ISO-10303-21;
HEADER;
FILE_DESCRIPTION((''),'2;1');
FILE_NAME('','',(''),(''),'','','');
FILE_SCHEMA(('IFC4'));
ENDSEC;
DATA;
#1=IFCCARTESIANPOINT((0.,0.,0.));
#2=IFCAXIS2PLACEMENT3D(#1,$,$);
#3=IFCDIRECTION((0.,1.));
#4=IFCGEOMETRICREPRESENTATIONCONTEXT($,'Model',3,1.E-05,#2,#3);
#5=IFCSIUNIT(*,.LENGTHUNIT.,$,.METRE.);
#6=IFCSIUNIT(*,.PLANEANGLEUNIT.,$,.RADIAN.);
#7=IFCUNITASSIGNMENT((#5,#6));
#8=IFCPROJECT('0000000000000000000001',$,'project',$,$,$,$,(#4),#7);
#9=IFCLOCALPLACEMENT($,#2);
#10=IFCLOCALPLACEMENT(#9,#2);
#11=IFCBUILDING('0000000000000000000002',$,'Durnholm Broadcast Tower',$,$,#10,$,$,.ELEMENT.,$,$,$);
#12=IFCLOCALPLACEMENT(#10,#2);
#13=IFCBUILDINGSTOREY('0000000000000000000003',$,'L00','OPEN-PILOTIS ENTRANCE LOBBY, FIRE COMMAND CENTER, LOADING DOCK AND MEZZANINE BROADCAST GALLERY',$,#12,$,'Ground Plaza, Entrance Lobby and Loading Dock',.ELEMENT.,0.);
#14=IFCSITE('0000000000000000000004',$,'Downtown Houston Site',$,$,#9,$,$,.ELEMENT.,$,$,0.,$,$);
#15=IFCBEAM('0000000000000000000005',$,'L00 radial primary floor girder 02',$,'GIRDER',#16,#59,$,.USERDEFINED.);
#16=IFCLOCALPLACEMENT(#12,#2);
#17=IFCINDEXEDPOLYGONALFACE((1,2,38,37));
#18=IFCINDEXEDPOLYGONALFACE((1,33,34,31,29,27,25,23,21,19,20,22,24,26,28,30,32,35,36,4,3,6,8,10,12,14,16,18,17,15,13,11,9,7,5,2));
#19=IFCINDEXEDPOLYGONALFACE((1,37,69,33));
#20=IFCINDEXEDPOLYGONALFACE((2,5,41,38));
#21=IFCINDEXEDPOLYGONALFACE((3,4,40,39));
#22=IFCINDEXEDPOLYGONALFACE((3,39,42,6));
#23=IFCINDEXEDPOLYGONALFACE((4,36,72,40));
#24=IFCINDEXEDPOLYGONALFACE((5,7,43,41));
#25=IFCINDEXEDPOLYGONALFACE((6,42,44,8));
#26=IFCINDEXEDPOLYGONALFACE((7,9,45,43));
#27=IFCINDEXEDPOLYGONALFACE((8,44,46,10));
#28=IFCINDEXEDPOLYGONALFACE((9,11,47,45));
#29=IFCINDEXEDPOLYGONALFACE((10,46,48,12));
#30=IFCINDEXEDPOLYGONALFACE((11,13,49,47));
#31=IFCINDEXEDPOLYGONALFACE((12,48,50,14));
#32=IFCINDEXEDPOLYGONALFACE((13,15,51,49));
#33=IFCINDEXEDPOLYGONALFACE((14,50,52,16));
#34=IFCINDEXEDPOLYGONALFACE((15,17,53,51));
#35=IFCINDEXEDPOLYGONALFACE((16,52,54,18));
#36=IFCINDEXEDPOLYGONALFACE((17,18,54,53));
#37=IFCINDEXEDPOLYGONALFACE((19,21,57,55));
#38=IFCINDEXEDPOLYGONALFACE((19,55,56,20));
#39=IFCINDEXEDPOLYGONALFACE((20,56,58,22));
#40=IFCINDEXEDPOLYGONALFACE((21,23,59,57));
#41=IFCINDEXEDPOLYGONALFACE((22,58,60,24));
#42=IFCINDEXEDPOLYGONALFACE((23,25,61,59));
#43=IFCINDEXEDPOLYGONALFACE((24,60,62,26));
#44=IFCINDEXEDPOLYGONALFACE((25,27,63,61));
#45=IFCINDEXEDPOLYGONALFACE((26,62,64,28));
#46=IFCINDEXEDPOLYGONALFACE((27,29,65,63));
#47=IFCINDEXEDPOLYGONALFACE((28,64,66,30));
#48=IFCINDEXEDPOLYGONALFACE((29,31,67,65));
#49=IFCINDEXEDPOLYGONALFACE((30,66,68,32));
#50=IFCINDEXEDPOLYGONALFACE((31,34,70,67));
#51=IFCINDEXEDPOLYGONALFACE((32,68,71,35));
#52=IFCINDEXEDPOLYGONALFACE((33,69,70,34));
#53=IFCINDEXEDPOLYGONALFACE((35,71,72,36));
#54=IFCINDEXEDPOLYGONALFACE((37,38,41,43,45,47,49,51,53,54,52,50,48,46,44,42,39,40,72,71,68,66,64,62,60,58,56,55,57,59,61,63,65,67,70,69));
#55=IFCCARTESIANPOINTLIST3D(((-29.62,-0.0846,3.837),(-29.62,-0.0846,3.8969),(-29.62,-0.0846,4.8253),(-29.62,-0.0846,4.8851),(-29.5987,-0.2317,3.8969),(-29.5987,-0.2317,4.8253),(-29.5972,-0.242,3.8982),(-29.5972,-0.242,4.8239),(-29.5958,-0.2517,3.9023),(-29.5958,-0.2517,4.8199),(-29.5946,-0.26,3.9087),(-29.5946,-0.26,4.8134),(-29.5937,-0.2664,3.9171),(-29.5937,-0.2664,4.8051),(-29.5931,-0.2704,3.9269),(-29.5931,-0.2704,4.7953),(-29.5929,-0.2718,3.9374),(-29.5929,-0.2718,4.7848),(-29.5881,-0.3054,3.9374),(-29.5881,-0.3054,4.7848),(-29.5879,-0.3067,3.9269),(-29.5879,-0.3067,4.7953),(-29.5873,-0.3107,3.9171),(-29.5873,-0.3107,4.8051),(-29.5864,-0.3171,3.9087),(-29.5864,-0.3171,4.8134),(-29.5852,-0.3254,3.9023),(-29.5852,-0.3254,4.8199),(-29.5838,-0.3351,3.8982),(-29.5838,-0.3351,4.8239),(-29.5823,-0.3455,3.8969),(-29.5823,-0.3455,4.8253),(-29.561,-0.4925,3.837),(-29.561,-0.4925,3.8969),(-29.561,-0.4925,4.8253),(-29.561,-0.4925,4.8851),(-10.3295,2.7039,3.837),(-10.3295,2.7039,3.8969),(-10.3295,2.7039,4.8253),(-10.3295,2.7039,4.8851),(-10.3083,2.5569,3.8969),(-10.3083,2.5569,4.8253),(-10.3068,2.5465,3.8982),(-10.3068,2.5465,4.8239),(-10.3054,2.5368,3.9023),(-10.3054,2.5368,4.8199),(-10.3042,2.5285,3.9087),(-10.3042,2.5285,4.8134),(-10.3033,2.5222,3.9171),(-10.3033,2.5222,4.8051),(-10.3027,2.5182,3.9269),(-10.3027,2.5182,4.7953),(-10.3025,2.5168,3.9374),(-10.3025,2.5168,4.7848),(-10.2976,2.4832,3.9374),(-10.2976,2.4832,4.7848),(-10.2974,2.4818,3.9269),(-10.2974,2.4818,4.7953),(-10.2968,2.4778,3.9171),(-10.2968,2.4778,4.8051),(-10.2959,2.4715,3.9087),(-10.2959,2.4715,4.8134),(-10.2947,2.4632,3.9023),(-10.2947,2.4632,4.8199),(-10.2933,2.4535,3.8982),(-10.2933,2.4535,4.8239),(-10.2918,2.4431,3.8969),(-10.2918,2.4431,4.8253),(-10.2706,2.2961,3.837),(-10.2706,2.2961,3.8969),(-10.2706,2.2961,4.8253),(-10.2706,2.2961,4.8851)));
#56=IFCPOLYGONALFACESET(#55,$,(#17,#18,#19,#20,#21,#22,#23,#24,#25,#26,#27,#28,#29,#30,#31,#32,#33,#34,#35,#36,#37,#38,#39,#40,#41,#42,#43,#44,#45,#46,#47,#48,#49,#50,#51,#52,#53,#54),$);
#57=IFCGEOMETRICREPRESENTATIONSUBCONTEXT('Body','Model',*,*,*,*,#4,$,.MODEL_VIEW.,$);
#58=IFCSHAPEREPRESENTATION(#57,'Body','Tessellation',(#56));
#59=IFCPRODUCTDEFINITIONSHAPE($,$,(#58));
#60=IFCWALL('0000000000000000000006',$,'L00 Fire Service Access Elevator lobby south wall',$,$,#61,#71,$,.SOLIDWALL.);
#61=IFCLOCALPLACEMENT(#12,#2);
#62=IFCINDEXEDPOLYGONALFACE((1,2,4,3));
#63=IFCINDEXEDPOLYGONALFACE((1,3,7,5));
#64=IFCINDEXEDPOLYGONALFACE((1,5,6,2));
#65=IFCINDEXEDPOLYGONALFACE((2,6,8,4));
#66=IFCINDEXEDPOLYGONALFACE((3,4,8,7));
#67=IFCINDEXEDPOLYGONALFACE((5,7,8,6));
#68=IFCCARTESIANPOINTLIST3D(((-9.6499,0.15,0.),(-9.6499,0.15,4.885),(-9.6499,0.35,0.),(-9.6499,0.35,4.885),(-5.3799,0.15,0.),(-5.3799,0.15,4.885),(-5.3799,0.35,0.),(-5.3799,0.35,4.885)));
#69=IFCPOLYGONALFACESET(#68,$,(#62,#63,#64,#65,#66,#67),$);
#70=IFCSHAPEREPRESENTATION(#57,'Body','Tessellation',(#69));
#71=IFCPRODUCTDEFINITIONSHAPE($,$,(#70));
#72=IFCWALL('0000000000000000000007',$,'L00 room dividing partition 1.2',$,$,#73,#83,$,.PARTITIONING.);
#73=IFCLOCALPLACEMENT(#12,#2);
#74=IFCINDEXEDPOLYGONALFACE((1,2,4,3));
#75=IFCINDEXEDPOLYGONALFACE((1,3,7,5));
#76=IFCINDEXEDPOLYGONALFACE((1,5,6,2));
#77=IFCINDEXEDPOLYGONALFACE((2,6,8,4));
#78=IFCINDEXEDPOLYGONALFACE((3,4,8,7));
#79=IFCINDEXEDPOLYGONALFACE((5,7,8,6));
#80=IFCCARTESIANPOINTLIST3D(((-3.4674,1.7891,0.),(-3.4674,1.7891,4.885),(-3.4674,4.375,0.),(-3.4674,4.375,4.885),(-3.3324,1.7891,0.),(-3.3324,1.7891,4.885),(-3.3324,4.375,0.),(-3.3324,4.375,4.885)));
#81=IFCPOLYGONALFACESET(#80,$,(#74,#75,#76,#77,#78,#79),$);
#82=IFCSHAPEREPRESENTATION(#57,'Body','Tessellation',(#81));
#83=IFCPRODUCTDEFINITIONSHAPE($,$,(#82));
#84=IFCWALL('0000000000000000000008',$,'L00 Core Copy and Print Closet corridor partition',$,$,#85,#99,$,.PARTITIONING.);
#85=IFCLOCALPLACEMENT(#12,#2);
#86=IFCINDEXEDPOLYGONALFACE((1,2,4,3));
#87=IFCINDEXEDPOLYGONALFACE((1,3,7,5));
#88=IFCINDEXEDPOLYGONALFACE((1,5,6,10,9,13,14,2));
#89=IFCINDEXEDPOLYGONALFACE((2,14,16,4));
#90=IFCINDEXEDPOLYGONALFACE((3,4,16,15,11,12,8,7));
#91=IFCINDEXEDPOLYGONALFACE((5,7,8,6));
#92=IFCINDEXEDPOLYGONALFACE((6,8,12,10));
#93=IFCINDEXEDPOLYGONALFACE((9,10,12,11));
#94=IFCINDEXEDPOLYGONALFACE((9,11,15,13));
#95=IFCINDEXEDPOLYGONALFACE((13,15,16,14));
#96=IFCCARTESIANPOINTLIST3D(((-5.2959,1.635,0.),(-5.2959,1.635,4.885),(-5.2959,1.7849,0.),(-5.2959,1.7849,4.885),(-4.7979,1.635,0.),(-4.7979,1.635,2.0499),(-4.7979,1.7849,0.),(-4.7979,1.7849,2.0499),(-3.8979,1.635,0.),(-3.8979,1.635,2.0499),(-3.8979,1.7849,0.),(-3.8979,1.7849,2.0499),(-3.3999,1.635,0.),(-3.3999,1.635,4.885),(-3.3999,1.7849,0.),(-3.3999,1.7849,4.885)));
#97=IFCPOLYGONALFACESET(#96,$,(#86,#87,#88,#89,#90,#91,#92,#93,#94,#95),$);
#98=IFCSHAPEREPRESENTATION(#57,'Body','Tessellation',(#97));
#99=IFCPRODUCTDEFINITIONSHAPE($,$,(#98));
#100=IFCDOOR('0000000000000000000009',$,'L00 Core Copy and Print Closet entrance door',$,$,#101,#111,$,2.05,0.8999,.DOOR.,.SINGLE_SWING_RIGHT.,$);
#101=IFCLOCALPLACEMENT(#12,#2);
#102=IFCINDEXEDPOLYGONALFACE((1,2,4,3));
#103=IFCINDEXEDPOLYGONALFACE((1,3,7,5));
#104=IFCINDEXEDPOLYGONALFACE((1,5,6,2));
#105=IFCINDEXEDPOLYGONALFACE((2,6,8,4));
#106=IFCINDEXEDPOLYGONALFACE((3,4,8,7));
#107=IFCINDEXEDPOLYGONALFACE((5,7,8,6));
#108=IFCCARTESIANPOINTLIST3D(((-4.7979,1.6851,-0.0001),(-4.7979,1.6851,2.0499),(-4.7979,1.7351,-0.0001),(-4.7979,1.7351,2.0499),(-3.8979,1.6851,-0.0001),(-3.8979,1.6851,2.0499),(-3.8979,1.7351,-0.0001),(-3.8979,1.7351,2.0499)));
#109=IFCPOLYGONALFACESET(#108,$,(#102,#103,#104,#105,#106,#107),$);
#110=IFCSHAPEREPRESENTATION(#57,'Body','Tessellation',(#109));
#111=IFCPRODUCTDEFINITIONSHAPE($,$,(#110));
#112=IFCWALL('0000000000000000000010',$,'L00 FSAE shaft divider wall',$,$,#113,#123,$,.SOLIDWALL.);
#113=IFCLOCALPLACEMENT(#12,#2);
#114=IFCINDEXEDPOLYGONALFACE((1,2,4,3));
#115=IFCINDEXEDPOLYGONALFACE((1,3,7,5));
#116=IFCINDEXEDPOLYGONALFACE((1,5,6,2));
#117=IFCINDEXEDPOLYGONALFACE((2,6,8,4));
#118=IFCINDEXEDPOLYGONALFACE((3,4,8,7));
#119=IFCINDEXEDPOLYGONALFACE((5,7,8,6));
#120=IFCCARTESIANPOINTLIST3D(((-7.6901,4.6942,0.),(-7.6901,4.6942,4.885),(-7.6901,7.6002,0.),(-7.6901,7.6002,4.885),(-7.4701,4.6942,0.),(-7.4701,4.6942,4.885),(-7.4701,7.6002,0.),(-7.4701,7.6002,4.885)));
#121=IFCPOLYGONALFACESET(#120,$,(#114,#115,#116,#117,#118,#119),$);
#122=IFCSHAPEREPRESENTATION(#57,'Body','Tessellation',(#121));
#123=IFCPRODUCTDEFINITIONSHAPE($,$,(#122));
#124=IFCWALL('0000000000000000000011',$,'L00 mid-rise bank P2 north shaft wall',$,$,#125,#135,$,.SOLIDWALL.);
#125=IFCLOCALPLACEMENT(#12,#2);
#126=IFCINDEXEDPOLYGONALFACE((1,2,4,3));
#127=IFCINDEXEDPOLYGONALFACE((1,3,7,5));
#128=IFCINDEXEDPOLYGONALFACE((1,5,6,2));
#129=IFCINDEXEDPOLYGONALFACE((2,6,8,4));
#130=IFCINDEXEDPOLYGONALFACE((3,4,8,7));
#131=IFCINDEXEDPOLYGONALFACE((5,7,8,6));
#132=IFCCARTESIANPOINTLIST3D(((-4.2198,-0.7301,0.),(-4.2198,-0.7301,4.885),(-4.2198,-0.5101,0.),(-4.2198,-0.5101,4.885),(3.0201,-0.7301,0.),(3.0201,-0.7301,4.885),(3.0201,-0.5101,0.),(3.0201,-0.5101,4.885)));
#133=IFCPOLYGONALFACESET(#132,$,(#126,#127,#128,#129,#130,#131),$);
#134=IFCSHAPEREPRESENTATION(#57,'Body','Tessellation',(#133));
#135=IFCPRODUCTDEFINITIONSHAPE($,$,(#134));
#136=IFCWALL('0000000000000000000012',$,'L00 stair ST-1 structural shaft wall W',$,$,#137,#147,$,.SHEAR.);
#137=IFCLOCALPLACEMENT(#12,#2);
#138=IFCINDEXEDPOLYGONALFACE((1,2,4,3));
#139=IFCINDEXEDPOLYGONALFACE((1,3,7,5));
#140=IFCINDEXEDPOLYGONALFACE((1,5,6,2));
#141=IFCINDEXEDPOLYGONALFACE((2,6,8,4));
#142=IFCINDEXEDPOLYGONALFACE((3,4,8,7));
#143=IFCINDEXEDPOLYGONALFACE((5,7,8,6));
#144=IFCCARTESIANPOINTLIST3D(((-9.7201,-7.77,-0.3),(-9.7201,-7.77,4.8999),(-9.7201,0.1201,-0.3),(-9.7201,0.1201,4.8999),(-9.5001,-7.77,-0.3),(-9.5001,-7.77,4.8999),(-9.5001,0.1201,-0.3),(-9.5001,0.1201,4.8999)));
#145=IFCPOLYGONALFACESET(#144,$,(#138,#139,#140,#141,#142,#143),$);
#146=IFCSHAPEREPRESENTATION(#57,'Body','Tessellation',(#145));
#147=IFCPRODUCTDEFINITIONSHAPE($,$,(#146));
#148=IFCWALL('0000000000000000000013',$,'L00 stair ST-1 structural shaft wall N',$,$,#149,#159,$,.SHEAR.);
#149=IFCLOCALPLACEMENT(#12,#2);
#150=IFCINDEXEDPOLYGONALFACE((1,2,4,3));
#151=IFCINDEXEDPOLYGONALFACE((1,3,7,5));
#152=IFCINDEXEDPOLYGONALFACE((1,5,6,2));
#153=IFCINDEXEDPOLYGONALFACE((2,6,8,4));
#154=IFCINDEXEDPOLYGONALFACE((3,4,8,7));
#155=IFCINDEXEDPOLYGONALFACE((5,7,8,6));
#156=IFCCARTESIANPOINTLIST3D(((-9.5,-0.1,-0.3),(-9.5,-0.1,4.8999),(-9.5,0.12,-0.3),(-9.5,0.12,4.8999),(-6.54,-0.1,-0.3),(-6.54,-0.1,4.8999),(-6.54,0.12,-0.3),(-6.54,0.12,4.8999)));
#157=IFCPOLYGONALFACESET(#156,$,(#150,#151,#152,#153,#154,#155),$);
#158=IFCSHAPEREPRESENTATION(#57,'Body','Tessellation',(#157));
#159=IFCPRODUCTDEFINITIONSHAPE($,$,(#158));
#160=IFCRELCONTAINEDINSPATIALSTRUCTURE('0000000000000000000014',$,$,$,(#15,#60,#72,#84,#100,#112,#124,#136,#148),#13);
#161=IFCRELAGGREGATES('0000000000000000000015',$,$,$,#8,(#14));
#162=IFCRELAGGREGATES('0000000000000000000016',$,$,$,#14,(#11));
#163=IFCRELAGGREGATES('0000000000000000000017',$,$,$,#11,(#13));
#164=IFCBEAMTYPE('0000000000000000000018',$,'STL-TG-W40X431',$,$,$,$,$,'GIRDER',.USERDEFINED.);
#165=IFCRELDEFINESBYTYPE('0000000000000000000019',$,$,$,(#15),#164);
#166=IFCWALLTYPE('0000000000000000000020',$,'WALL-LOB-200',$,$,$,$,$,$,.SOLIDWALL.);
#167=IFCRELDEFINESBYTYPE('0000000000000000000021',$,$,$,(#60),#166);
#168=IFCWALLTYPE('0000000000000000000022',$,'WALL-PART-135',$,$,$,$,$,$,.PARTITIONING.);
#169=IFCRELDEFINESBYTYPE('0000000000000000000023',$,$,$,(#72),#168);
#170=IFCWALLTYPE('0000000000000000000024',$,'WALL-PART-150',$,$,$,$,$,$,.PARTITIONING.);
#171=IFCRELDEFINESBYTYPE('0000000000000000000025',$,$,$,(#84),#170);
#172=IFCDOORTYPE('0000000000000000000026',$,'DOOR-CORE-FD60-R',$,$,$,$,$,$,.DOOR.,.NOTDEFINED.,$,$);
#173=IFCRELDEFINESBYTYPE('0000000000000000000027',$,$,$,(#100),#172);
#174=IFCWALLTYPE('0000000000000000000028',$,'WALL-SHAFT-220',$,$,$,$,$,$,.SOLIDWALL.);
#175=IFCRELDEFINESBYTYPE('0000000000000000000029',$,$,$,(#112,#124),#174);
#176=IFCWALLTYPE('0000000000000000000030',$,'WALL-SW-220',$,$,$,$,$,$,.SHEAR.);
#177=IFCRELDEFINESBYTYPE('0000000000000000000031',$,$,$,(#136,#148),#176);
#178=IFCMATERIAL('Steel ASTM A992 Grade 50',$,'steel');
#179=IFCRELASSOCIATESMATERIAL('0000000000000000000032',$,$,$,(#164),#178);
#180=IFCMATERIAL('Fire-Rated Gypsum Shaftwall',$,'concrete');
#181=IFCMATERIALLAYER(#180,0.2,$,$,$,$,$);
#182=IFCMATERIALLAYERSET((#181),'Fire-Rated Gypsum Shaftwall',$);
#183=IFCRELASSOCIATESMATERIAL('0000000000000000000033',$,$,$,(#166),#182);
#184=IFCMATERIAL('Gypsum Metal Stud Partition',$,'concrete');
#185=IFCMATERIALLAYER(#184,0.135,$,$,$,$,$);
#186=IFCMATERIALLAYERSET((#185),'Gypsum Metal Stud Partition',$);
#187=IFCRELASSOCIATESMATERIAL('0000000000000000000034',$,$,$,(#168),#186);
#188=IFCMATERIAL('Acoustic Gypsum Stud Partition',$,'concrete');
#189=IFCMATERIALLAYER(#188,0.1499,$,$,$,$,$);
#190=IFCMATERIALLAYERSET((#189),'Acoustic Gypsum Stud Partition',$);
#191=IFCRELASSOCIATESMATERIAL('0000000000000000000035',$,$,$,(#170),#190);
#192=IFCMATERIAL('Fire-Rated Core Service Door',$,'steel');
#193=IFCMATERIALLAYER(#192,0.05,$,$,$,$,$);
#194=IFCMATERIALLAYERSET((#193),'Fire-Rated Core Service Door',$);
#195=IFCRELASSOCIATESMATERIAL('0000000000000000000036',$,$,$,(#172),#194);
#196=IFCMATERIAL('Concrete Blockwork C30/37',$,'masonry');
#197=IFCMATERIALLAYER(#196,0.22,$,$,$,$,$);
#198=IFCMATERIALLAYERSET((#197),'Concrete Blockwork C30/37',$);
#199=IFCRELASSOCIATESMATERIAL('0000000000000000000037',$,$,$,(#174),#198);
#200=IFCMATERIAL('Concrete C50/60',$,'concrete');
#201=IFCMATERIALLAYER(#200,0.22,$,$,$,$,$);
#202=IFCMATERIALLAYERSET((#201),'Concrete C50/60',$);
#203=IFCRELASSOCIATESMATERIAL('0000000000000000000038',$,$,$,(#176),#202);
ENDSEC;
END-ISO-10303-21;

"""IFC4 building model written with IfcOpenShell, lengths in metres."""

from ifc_helpers import new_model, si_unit, direction, frame, frame_2d, origin, origin_2d, place, context, subcontext, project, spatial, rectangle, i_section, extrude, source, transform, mapped, material, layer, layer_set, material_profile, profile_set, type_object, type_shapes, element, fill, save


model = new_model("IFC4")

# Units and contexts
model_context = context("Model", 3, precision=1e-05, world=origin(), true_north=direction((0.0, 1.0)))
body_context = subcontext(model_context, "Body", "Model", "MODEL_VIEW")
ifc_project = project(units=[si_unit("LENGTHUNIT", "METRE"), si_unit("PLANEANGLEUNIT", "RADIAN")], contexts=[model_context])

# Site, building, storey
site_placement = place(None, origin())
site = spatial("IfcSite", under=ifc_project, at=site_placement, Name="Downtown Houston Site", CompositionType="ELEMENT", RefElevation=0.0)
building_placement = place(site_placement, origin())
building = spatial("IfcBuilding", under=site, at=building_placement, Name="Durnholm Broadcast Tower", CompositionType="ELEMENT")
storey_placement = place(building_placement, origin())
storey = spatial("IfcBuildingStorey", under=building, at=storey_placement, Name="L00", Description="OPEN-PILOTIS ENTRANCE LOBBY, FIRE COMMAND CENTER, LOADING DOCK AND MEZZANINE BROADCAST GALLERY", LongName="Ground Plaza, Entrance Lobby and Loading Dock", CompositionType="ELEMENT", Elevation=0.0)

# Beam
ifc_material_1 = material(Name="Steel ASTM A992 Grade 50", Category="steel")
ifc_material_profile = material_profile(ifc_material_1, i_section(OverallWidth=0.4121, OverallDepth=1.0481, WebThickness=0.0339, FlangeThickness=0.0598, FilletRadius=0.0405, at=origin_2d()), Name="W40X431")
ifc_profile_set = profile_set([ifc_material_profile], Name="Steel ASTM A992 Grade 50")
beam_type = type_object("IfcBeamType", Name="STL-TG-W40X431", ElementType="GIRDER", PredefinedType="USERDEFINED", material=ifc_profile_set)
shared_shape_1 = source(origin(), body_context, "Body", "SweptSolid", [
    extrude(i_section(OverallWidth=0.4121, OverallDepth=1.0481, WebThickness=0.0339, FlangeThickness=0.0598, FilletRadius=0.0405, at=origin_2d()), origin(), (0.0, 0.0, 1.0), 19.491),
])
type_shapes(beam_type, [shared_shape_1])
beam_placement = place(storey_placement, frame((-10.3, 2.5, 4.3611), z_axis=(-0.989713, -0.14307, 0.0), x_axis=(0.14307, -0.989713, 0.0)))
element("IfcBeam", 1, at=beam_placement, inside=storey, type_object=beam_type, Name="L00 radial primary floor girder 02", ObjectType="GIRDER", PredefinedType="USERDEFINED", context=body_context, shape_type="MappedRepresentation", body=[
    mapped(shared_shape_1, transform((0.0, 0.0, 0.0), x_axis=(1.0, 0.0, 0.0), y_axis=(0.0, 1.0, 0.0), z_axis=(0.0, 0.0, 1.0), scale=1.0)),
])

# Wall
ifc_material_2 = material(Name="Fire-Rated Gypsum Shaftwall", Category="concrete")
ifc_layer_1 = layer(ifc_material_2, 0.2)
ifc_layer_set_1 = layer_set([ifc_layer_1], Name="Fire-Rated Gypsum Shaftwall")
wall_type_1 = type_object("IfcWallType", Name="WALL-LOB-200", PredefinedType="SOLIDWALL", material=ifc_layer_set_1)
wall_1_placement = place(storey_placement, frame((-9.6499, 0.25, 0.0), z_axis=(0.0, 0.0, 1.0), x_axis=(1.0, 0.0, 0.0)))
element("IfcWall", 2, at=wall_1_placement, inside=storey, type_object=wall_type_1, Name="L00 Fire Service Access Elevator lobby south wall", PredefinedType="SOLIDWALL", context=body_context, shape_type="SweptSolid", body=[
    extrude(rectangle(XDim=4.27, YDim=0.2, at=frame_2d((2.135, 0.0))), origin(), (0.0, 0.0, 1.0), 4.885),
])

# Wall
ifc_material_3 = material(Name="Gypsum Metal Stud Partition", Category="concrete")
ifc_layer_2 = layer(ifc_material_3, 0.135)
ifc_layer_set_2 = layer_set([ifc_layer_2], Name="Gypsum Metal Stud Partition")
wall_type_2 = type_object("IfcWallType", Name="WALL-PART-135", PredefinedType="PARTITIONING", material=ifc_layer_set_2)
wall_2_placement = place(storey_placement, frame((-3.3999, 4.375, 0.0), z_axis=(0.0, 0.0, 1.0), x_axis=(0.0, -1.0, 0.0)))
element("IfcWall", 3, at=wall_2_placement, inside=storey, type_object=wall_type_2, Name="L00 room dividing partition 1.2", PredefinedType="PARTITIONING", context=body_context, shape_type="SweptSolid", body=[
    extrude(rectangle(XDim=2.5859, YDim=0.135, at=frame_2d((1.293, 0.0))), origin(), (0.0, 0.0, 1.0), 4.885),
])

# Wall, opening, door
ifc_material_4 = material(Name="Acoustic Gypsum Stud Partition", Category="concrete")
ifc_layer_3 = layer(ifc_material_4, 0.1499)
ifc_layer_set_3 = layer_set([ifc_layer_3], Name="Acoustic Gypsum Stud Partition")
wall_type_3 = type_object("IfcWallType", Name="WALL-PART-150", PredefinedType="PARTITIONING", material=ifc_layer_set_3)
wall_3_placement = place(storey_placement, frame((-3.3999, 1.71, 0.0), z_axis=(0.0, 0.0, 1.0), x_axis=(-1.0, 0.0, 0.0)))
wall_3 = element("IfcWall", 4, at=wall_3_placement, inside=storey, type_object=wall_type_3, Name="L00 Core Copy and Print Closet corridor partition", PredefinedType="PARTITIONING", context=body_context, shape_type="SweptSolid", body=[
    extrude(rectangle(XDim=1.896, YDim=0.1499, at=frame_2d((0.948, 0.0))), origin(), (0.0, 0.0, 1.0), 4.885),
])
opening_1_placement = place(wall_3_placement, frame((0.498, 0.0, 0.0)))
opening_1 = element("IfcOpeningElement", 5, at=opening_1_placement, cuts=wall_3, PredefinedType="OPENING", context=body_context, shape_type="SweptSolid", body=[
    extrude(rectangle(XDim=0.8999, YDim=2.05, at=frame_2d((0.45, 1.0249))), frame((0.0, 0.085, 0.0), z_axis=(0.0, -1.0, 0.0), x_axis=(1.0, 0.0, 0.0)), (0.0, 0.0, 1.0), 0.1699),
])
ifc_material_5 = material(Name="Fire-Rated Core Service Door", Category="steel")
ifc_layer_4 = layer(ifc_material_5, 0.05)
ifc_layer_set_4 = layer_set([ifc_layer_4], Name="Fire-Rated Core Service Door")
door_type_1 = type_object("IfcDoorType", Name="DOOR-CORE-FD60-R", OperationType="NOTDEFINED", PredefinedType="DOOR", material=ifc_layer_set_4)
shared_shape_2 = source(origin(), body_context, "Body", "SweptSolid", [
    extrude(rectangle(XDim=0.8999, YDim=2.05, at=frame_2d((0.45, 1.0249))), frame((0.0, 0.0249, 0.0), z_axis=(0.0, -1.0, 0.0), x_axis=(1.0, 0.0, 0.0)), (0.0, 0.0, 1.0), 0.05),
])
type_shapes(door_type_1, [shared_shape_2])
door_1_placement = place(opening_1_placement, origin())
door_1 = element("IfcDoor", 6, at=door_1_placement, inside=storey, type_object=door_type_1, Name="L00 Core Copy and Print Closet entrance door", OperationType="SINGLE_SWING_RIGHT", OverallHeight=2.05, OverallWidth=0.8999, PredefinedType="DOOR", context=body_context, shape_type="MappedRepresentation", body=[
    mapped(shared_shape_2, transform((0.0, 0.0, 0.0), x_axis=(1.0, 0.0, 0.0), y_axis=(0.0, 1.0, 0.0), z_axis=(0.0, 0.0, 1.0), scale=1.0)),
])
fill(opening_1, door_1)

# Shared definitions
ifc_material_6 = material(Name="Concrete Blockwork C30/37", Category="masonry")
ifc_layer_5 = layer(ifc_material_6, 0.22)
ifc_layer_set_5 = layer_set([ifc_layer_5], Name="Concrete Blockwork C30/37")
wall_type_4 = type_object("IfcWallType", Name="WALL-SHAFT-220", PredefinedType="SOLIDWALL", material=ifc_layer_set_5)

# Walls
wall_4_placement = place(storey_placement, frame((-7.5801, 4.6941, 0.0), z_axis=(0.0, 0.0, 1.0), x_axis=(0.0, 1.0, 0.0)))
element("IfcWall", 7, at=wall_4_placement, inside=storey, type_object=wall_type_4, Name="L00 FSAE shaft divider wall", PredefinedType="SOLIDWALL", context=body_context, shape_type="SweptSolid", body=[
    extrude(rectangle(XDim=2.906, YDim=0.22, at=frame_2d((1.4531, 0.0))), origin(), (0.0, 0.0, 1.0), 4.885),
])
wall_5_placement = place(storey_placement, frame((-4.22, -0.6201, 0.0), z_axis=(0.0, 0.0, 1.0), x_axis=(1.0, 0.0, 0.0)))
element("IfcWall", 8, at=wall_5_placement, inside=storey, type_object=wall_type_4, Name="L00 mid-rise bank P2 north shaft wall", PredefinedType="SOLIDWALL", context=body_context, shape_type="SweptSolid", body=[
    extrude(rectangle(XDim=7.24, YDim=0.22, at=frame_2d((3.6201, 0.0))), origin(), (0.0, 0.0, 1.0), 4.885),
])
ifc_material_7 = material(Name="Concrete C50/60", Category="concrete")
ifc_layer_6 = layer(ifc_material_7, 0.22)
ifc_layer_set_6 = layer_set([ifc_layer_6], Name="Concrete C50/60")
wall_type_5 = type_object("IfcWallType", Name="WALL-SW-220", PredefinedType="SHEAR", material=ifc_layer_set_6)
wall_6_placement = place(storey_placement, frame((-9.6101, 0.1201, -0.3), z_axis=(0.0, 0.0, 1.0), x_axis=(0.0, -1.0, 0.0)))
element("IfcWall", 9, at=wall_6_placement, inside=storey, type_object=wall_type_5, Name="L00 stair ST-1 structural shaft wall W", PredefinedType="SHEAR", context=body_context, shape_type="SweptSolid", body=[
    extrude(rectangle(XDim=7.8901, YDim=0.22, at=frame_2d((3.9451, 0.0))), origin(), (0.0, 0.0, 1.0), 5.2),
])
wall_7_placement = place(storey_placement, frame((-6.54, 0.01, -0.3), z_axis=(0.0, 0.0, 1.0), x_axis=(-1.0, 0.0, 0.0)))
element("IfcWall", 10, at=wall_7_placement, inside=storey, type_object=wall_type_5, Name="L00 stair ST-1 structural shaft wall N", PredefinedType="SHEAR", context=body_context, shape_type="SweptSolid", body=[
    extrude(rectangle(XDim=2.96, YDim=0.22, at=frame_2d((1.48, 0.0))), origin(), (0.0, 0.0, 1.0), 5.2),
])

save(model, "model.ifc")
